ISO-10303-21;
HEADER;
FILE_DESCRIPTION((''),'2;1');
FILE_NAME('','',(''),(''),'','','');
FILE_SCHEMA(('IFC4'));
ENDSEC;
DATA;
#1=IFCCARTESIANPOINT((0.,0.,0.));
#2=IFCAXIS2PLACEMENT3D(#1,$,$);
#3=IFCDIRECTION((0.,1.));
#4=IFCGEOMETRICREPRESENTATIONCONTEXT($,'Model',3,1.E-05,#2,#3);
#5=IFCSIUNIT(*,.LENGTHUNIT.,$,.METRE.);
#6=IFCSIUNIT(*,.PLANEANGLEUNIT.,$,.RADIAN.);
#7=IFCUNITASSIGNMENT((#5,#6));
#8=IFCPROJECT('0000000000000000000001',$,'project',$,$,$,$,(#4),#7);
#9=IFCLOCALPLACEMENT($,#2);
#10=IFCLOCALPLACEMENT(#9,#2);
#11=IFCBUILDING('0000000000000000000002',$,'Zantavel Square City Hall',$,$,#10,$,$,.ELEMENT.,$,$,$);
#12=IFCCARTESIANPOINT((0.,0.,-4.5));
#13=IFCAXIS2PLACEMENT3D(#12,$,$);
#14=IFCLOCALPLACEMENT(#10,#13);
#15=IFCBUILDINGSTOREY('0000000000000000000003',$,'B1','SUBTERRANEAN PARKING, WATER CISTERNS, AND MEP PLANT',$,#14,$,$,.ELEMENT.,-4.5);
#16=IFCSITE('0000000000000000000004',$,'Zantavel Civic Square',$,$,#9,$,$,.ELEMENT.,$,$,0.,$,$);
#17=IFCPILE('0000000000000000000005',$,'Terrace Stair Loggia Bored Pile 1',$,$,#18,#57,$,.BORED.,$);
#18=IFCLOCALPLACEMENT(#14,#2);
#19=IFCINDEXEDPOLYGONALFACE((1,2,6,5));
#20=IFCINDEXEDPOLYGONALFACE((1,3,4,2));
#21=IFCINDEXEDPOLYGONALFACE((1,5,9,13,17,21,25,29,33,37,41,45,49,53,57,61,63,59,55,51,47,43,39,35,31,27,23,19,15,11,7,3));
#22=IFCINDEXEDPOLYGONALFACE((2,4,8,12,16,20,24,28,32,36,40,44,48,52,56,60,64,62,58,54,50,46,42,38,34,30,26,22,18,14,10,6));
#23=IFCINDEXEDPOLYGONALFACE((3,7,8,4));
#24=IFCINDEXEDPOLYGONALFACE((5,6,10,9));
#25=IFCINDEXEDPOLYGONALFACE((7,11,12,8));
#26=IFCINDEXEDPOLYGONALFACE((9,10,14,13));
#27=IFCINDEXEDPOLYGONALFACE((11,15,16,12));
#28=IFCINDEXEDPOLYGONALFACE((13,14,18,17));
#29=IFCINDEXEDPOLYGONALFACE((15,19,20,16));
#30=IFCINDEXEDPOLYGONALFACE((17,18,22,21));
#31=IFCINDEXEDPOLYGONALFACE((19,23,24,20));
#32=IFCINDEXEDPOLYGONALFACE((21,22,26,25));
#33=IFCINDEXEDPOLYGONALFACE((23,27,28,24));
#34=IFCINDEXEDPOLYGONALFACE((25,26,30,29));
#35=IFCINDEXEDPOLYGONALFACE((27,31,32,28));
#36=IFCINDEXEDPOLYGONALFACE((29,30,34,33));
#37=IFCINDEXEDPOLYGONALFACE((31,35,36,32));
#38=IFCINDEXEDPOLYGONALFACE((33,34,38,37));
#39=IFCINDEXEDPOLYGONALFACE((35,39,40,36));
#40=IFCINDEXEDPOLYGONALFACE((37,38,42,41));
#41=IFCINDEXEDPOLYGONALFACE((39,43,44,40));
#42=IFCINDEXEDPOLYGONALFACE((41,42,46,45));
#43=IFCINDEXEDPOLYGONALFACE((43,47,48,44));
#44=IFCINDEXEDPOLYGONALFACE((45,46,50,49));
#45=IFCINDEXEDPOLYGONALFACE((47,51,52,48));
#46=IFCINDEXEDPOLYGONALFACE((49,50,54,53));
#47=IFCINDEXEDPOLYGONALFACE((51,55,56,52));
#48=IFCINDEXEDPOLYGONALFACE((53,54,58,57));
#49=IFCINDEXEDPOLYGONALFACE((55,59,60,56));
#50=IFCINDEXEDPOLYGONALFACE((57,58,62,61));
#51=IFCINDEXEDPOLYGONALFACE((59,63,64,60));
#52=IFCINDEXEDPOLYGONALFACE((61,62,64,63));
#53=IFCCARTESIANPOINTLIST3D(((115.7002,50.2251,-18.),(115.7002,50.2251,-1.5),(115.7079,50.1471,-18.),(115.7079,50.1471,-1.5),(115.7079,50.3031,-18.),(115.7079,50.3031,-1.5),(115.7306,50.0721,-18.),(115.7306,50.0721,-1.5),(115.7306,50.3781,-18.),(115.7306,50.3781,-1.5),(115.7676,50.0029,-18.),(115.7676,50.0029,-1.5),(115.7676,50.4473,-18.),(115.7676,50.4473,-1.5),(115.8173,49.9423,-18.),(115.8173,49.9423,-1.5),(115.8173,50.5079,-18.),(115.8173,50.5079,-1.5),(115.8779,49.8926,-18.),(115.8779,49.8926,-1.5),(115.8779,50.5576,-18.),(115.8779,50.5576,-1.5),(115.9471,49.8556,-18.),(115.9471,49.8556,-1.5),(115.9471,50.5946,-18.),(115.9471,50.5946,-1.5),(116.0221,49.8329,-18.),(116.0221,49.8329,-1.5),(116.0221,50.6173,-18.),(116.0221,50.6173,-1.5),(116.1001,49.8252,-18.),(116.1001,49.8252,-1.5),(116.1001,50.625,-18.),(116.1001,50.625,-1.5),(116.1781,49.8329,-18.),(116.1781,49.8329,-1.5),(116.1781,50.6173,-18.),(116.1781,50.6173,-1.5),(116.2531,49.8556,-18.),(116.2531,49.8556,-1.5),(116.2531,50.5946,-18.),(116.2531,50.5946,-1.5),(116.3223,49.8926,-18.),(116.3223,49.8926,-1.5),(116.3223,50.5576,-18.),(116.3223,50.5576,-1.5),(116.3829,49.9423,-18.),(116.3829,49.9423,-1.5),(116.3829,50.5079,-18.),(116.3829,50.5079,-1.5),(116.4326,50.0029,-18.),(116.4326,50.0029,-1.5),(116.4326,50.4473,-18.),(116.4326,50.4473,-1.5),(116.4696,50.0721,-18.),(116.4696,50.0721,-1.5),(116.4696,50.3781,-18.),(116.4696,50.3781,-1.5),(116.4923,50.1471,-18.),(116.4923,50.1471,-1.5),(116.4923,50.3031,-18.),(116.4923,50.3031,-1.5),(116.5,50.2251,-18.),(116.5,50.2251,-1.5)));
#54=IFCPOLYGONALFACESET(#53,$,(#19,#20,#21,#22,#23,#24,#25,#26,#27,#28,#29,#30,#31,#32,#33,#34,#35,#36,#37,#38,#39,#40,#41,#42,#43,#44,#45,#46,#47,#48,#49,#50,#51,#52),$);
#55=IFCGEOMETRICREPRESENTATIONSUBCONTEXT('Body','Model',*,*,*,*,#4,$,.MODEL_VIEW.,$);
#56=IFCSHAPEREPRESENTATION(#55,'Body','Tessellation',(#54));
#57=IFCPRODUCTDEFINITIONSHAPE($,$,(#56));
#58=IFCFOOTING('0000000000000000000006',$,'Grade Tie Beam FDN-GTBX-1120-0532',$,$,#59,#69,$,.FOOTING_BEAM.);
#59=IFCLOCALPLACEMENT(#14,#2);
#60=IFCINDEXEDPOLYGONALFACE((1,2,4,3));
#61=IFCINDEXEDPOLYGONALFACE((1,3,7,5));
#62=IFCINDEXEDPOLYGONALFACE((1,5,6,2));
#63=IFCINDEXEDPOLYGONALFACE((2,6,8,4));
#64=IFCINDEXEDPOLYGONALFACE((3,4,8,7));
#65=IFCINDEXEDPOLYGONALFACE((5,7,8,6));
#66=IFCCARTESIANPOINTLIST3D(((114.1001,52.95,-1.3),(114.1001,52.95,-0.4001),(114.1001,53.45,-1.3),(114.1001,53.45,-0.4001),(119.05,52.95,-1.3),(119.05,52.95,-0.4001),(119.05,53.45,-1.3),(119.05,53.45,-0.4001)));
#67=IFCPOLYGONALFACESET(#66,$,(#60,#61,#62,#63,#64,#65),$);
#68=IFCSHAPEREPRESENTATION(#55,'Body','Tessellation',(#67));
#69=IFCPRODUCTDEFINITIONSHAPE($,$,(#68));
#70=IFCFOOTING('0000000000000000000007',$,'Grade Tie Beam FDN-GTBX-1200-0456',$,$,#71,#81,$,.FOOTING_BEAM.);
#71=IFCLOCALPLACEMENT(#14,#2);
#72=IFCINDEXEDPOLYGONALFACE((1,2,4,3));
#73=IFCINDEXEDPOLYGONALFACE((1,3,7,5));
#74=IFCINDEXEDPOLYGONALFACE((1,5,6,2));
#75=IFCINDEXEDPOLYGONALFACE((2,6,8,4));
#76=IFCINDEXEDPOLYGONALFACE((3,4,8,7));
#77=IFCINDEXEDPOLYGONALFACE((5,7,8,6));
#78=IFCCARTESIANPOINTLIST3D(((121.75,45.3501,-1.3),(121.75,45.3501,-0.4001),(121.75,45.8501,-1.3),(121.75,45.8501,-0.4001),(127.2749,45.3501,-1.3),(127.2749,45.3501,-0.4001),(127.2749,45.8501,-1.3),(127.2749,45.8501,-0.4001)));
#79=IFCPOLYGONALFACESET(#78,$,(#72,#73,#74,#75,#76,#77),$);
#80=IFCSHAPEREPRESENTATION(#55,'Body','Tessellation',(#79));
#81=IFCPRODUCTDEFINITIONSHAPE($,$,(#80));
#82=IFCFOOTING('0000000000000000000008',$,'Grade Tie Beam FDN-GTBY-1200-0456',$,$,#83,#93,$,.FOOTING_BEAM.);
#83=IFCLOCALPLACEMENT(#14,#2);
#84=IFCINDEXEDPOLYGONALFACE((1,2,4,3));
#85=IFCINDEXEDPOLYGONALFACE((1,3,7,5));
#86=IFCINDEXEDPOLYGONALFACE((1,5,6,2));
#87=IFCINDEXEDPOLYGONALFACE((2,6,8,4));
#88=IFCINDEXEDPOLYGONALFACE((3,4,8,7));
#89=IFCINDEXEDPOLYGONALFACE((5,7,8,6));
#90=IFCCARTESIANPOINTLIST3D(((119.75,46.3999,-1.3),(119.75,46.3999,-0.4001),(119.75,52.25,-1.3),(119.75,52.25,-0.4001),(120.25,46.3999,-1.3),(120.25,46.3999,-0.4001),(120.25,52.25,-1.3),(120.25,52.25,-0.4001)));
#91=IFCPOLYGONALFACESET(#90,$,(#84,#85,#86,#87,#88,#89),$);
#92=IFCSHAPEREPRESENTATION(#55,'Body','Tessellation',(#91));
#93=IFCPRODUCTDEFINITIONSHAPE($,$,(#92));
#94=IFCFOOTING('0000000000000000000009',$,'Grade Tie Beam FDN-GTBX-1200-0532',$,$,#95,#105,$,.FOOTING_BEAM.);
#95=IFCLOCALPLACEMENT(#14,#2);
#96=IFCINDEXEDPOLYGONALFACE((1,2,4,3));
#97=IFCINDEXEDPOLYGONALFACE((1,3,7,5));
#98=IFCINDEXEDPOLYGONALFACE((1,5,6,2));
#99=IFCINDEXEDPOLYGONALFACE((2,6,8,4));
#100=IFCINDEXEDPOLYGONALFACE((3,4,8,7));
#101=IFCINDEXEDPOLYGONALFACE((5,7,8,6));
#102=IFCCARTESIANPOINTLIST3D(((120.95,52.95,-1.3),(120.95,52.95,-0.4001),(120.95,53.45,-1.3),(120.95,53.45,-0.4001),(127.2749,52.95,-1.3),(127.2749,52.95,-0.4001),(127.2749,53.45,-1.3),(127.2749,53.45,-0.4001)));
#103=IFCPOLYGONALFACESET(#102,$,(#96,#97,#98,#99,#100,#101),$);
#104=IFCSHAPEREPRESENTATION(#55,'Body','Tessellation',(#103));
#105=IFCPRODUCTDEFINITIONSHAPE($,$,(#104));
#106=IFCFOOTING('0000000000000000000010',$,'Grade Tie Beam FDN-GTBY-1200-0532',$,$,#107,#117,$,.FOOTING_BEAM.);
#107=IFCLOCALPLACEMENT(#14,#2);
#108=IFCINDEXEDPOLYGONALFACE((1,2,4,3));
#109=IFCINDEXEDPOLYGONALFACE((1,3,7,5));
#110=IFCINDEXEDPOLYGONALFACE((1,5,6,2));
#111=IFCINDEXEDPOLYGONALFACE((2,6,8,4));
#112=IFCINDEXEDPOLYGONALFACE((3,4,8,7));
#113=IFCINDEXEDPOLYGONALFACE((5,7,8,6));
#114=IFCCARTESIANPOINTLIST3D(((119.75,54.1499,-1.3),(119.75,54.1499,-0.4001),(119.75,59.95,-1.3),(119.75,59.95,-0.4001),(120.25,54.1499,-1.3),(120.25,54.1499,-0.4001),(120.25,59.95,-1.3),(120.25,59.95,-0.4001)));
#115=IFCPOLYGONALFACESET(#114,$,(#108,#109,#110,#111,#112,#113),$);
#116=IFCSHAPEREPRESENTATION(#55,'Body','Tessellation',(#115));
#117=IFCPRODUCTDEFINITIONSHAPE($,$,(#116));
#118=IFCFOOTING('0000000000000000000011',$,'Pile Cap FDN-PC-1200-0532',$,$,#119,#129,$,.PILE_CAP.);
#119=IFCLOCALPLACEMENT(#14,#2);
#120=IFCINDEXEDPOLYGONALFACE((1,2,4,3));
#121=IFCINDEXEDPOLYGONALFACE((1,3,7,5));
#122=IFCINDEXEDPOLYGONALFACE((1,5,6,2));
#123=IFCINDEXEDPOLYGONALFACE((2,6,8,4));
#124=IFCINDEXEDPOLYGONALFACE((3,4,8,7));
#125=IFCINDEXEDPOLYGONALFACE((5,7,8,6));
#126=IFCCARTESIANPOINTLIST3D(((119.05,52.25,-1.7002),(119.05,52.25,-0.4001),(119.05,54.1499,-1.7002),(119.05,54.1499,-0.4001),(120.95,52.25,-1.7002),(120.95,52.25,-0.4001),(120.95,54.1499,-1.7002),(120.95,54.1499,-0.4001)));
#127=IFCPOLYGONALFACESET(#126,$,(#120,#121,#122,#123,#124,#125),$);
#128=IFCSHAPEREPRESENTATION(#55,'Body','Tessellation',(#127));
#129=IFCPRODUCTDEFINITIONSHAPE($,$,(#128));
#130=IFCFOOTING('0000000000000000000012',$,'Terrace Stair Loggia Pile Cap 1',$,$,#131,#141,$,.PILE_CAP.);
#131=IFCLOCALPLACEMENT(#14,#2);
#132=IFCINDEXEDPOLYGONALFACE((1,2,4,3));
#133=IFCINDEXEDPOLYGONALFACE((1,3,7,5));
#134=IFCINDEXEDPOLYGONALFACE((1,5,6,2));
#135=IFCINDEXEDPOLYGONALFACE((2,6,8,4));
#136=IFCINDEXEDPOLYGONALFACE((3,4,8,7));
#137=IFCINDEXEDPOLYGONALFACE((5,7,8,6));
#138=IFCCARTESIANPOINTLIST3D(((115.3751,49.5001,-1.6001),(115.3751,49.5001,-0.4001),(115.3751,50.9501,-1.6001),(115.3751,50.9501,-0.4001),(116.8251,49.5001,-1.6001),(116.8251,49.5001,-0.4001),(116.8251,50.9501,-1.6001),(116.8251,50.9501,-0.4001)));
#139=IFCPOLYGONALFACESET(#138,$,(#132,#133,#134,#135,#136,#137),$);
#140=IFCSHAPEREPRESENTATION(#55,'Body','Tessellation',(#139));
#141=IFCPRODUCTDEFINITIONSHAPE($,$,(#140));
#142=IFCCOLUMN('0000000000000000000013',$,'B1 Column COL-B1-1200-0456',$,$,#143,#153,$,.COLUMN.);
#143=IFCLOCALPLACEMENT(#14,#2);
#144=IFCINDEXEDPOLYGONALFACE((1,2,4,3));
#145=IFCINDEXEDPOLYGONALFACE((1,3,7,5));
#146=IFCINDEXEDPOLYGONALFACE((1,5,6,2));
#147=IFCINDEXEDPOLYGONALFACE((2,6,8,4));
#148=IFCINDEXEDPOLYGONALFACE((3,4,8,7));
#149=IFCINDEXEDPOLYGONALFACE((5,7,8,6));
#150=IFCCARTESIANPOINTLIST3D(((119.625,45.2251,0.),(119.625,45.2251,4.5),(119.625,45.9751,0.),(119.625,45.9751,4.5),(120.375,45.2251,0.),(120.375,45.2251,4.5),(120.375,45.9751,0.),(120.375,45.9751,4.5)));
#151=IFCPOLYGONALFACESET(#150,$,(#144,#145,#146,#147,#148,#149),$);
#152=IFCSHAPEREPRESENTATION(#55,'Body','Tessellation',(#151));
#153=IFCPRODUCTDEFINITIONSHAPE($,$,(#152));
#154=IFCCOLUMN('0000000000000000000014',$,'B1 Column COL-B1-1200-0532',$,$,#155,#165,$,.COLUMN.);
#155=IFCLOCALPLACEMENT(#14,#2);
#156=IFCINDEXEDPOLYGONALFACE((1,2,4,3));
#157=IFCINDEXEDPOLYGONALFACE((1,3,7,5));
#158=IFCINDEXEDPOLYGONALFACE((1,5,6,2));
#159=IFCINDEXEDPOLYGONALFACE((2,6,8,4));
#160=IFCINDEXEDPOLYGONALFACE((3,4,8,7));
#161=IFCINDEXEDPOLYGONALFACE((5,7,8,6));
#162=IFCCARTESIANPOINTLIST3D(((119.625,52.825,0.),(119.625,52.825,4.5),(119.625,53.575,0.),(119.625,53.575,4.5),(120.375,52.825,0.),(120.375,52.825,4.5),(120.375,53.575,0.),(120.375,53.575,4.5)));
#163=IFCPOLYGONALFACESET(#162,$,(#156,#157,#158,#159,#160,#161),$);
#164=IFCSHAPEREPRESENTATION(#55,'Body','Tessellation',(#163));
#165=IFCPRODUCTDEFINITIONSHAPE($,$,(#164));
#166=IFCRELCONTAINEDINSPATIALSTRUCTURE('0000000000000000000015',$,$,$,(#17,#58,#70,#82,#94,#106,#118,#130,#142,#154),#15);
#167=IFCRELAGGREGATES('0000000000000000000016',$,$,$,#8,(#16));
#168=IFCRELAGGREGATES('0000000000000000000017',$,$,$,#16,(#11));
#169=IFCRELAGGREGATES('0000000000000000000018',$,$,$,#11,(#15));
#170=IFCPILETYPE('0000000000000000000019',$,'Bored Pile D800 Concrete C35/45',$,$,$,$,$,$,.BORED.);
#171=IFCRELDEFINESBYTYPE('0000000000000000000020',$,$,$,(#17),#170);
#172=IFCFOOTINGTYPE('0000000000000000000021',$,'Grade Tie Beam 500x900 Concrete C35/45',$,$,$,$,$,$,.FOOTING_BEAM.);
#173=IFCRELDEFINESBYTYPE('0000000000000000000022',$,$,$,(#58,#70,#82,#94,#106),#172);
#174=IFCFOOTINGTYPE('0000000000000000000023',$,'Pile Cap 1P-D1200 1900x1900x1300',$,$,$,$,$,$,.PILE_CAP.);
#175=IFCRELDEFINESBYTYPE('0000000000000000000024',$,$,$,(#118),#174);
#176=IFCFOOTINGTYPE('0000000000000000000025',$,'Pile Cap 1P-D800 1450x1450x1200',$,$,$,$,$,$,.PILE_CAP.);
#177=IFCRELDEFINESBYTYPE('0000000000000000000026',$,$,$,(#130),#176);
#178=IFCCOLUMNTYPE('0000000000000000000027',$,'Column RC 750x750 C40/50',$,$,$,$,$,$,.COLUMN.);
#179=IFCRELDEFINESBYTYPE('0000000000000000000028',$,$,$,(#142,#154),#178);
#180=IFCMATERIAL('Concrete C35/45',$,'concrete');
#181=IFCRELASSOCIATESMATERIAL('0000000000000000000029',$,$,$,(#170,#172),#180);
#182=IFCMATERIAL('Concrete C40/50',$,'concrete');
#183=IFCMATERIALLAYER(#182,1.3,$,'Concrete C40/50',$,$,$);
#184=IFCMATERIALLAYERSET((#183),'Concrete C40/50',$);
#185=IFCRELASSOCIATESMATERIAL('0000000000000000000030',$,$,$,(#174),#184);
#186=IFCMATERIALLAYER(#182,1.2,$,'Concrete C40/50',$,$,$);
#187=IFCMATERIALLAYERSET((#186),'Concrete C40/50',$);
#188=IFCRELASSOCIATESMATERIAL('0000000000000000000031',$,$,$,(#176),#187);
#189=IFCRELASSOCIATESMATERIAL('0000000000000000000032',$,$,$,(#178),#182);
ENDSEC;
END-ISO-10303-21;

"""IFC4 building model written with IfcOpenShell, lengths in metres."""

from ifc_helpers import new_model, si_unit, direction, frame, origin, origin_2d, place, context, subcontext, project, spatial, rectangle, circle, extrude, material, layer, layer_set, material_profile, profile_set, type_object, element, save


model = new_model("IFC4")

# Units and contexts
model_context = context("Model", 3, precision=1e-05, world=origin(), true_north=direction((0.0, 1.0)))
body_context = subcontext(model_context, "Body", "Model", "MODEL_VIEW")
ifc_project = project(units=[si_unit("LENGTHUNIT", "METRE"), si_unit("PLANEANGLEUNIT", "RADIAN")], contexts=[model_context])

# Site, building, storey
site_placement = place(None, origin())
site = spatial("IfcSite", under=ifc_project, at=site_placement, Name="Zantavel Civic Square", CompositionType="ELEMENT", RefElevation=0.0)
building_placement = place(site_placement, origin())
building = spatial("IfcBuilding", under=site, at=building_placement, Name="Zantavel Square City Hall", CompositionType="ELEMENT")
storey_placement = place(building_placement, frame((0.0, 0.0, -4.5)))
storey = spatial("IfcBuildingStorey", under=building, at=storey_placement, Name="B1", Description="SUBTERRANEAN PARKING, WATER CISTERNS, AND MEP PLANT", CompositionType="ELEMENT", Elevation=-4.5)

# Pile
ifc_material_1 = material(Name="Concrete C35/45", Category="concrete")
ifc_material_profile_1 = material_profile(ifc_material_1, circle(Radius=0.3999, at=origin_2d()), Name="PILE D800")
ifc_profile_set_1 = profile_set([ifc_material_profile_1], Name="Concrete C35/45")
pile_type_1 = type_object("IfcPileType", Name="Bored Pile D800 Concrete C35/45", PredefinedType="BORED", material=ifc_profile_set_1)
pile_1_placement = place(storey_placement, frame((116.1001, 50.2251, -1.5), z_axis=(0.0, 0.0, -1.0), x_axis=(1.0, 0.0, 0.0)))
element("IfcPile", 1, at=pile_1_placement, inside=storey, type_object=pile_type_1, Name="Terrace Stair Loggia Bored Pile 1", PredefinedType="BORED", context=body_context, shape_type="SweptSolid", body=[
    extrude(circle(Radius=0.3999, at=origin_2d()), origin(), (0.0, 0.0, 1.0), 16.5),
])

# Footings
ifc_material_profile_2 = material_profile(ifc_material_1, rectangle(XDim=0.5, YDim=0.8999, at=origin_2d()), Name="RC 500x900")
ifc_profile_set_2 = profile_set([ifc_material_profile_2], Name="Concrete C35/45")
footing_type_1 = type_object("IfcFootingType", Name="Grade Tie Beam 500x900 Concrete C35/45", PredefinedType="FOOTING_BEAM", material=ifc_profile_set_2)
footing_1_placement = place(storey_placement, frame((114.1001, 53.2, -0.8501), z_axis=(1.0, 0.0, 0.0), x_axis=(0.0, 1.0, 0.0)))
element("IfcFooting", 2, at=footing_1_placement, inside=storey, type_object=footing_type_1, Name="Grade Tie Beam FDN-GTBX-1120-0532", PredefinedType="FOOTING_BEAM", context=body_context, shape_type="SweptSolid", body=[
    extrude(rectangle(XDim=0.5, YDim=0.8999, at=origin_2d()), origin(), (0.0, 0.0, 1.0), 4.95),
])
footing_2_placement = place(storey_placement, frame((121.75, 45.6001, -0.8501), z_axis=(1.0, 0.0, 0.0), x_axis=(0.0, 1.0, 0.0)))
element("IfcFooting", 3, at=footing_2_placement, inside=storey, type_object=footing_type_1, Name="Grade Tie Beam FDN-GTBX-1200-0456", PredefinedType="FOOTING_BEAM", context=body_context, shape_type="SweptSolid", body=[
    extrude(rectangle(XDim=0.5, YDim=0.8999, at=origin_2d()), origin(), (0.0, 0.0, 1.0), 5.5249),
])
footing_3_placement = place(storey_placement, frame((120.0, 46.3999, -0.8501), z_axis=(0.0, 1.0, 0.0), x_axis=(-1.0, 0.0, 0.0)))
element("IfcFooting", 4, at=footing_3_placement, inside=storey, type_object=footing_type_1, Name="Grade Tie Beam FDN-GTBY-1200-0456", PredefinedType="FOOTING_BEAM", context=body_context, shape_type="SweptSolid", body=[
    extrude(rectangle(XDim=0.5, YDim=0.8999, at=origin_2d()), origin(), (0.0, 0.0, 1.0), 5.8501),
])
footing_4_placement = place(storey_placement, frame((120.95, 53.2, -0.8501), z_axis=(1.0, 0.0, 0.0), x_axis=(0.0, 1.0, 0.0)))
element("IfcFooting", 5, at=footing_4_placement, inside=storey, type_object=footing_type_1, Name="Grade Tie Beam FDN-GTBX-1200-0532", PredefinedType="FOOTING_BEAM", context=body_context, shape_type="SweptSolid", body=[
    extrude(rectangle(XDim=0.5, YDim=0.8999, at=origin_2d()), origin(), (0.0, 0.0, 1.0), 6.325),
])
footing_5_placement = place(storey_placement, frame((120.0, 54.1499, -0.8501), z_axis=(0.0, 1.0, 0.0), x_axis=(-1.0, 0.0, 0.0)))
element("IfcFooting", 6, at=footing_5_placement, inside=storey, type_object=footing_type_1, Name="Grade Tie Beam FDN-GTBY-1200-0532", PredefinedType="FOOTING_BEAM", context=body_context, shape_type="SweptSolid", body=[
    extrude(rectangle(XDim=0.5, YDim=0.8999, at=origin_2d()), origin(), (0.0, 0.0, 1.0), 5.8),
])
ifc_material_2 = material(Name="Concrete C40/50", Category="concrete")
ifc_layer_1 = layer(ifc_material_2, 1.3, Name="Concrete C40/50")
ifc_layer_set_1 = layer_set([ifc_layer_1], Name="Concrete C40/50")
footing_type_2 = type_object("IfcFootingType", Name="Pile Cap 1P-D1200 1900x1900x1300", PredefinedType="PILE_CAP", material=ifc_layer_set_1)
footing_6_placement = place(storey_placement, frame((120.0, 53.2, -1.7002), z_axis=(0.0, 0.0, 1.0), x_axis=(1.0, 0.0, 0.0)))
element("IfcFooting", 7, at=footing_6_placement, inside=storey, type_object=footing_type_2, Name="Pile Cap FDN-PC-1200-0532", PredefinedType="PILE_CAP", context=body_context, shape_type="SweptSolid", body=[
    extrude(rectangle(XDim=1.8999, YDim=1.8999, at=origin_2d()), origin(), (0.0, 0.0, 1.0), 1.3),
])
ifc_layer_2 = layer(ifc_material_2, 1.2, Name="Concrete C40/50")
ifc_layer_set_2 = layer_set([ifc_layer_2], Name="Concrete C40/50")
footing_type_3 = type_object("IfcFootingType", Name="Pile Cap 1P-D800 1450x1450x1200", PredefinedType="PILE_CAP", material=ifc_layer_set_2)
footing_7_placement = place(storey_placement, frame((116.1001, 50.2251, -1.6001), z_axis=(0.0, 0.0, 1.0), x_axis=(1.0, 0.0, 0.0)))
element("IfcFooting", 8, at=footing_7_placement, inside=storey, type_object=footing_type_3, Name="Terrace Stair Loggia Pile Cap 1", PredefinedType="PILE_CAP", context=body_context, shape_type="SweptSolid", body=[
    extrude(rectangle(XDim=1.45, YDim=1.45, at=origin_2d()), origin(), (0.0, 0.0, 1.0), 1.2),
])

# Columns
ifc_material_profile_3 = material_profile(ifc_material_2, rectangle(XDim=0.75, YDim=0.75, at=origin_2d()), Name="RC 750x750")
ifc_profile_set_3 = profile_set([ifc_material_profile_3], Name="Concrete C40/50")
column_type_1 = type_object("IfcColumnType", Name="Column RC 750x750 C40/50", PredefinedType="COLUMN", material=ifc_profile_set_3)
for number, where, z_axis, x_axis, name in (
    (9, (120.0, 45.6001, 0.0), (0.0, 0.0, 1.0), (1.0, 0.0, 0.0), "B1 Column COL-B1-1200-0456"),
    (10, (120.0, 53.2, 0.0), (0.0, 0.0, 1.0), (1.0, 0.0, 0.0), "B1 Column COL-B1-1200-0532"),
):
    element("IfcColumn", number, at=place(storey_placement, frame(where, z_axis=z_axis, x_axis=x_axis)), inside=storey, type_object=column_type_1, Name=name, PredefinedType="COLUMN", context=body_context, shape_type="SweptSolid", body=[
        extrude(rectangle(XDim=0.75, YDim=0.75, at=origin_2d()), origin(), (0.0, 0.0, 1.0), 4.5),
    ])

save(model, "model.ifc")
